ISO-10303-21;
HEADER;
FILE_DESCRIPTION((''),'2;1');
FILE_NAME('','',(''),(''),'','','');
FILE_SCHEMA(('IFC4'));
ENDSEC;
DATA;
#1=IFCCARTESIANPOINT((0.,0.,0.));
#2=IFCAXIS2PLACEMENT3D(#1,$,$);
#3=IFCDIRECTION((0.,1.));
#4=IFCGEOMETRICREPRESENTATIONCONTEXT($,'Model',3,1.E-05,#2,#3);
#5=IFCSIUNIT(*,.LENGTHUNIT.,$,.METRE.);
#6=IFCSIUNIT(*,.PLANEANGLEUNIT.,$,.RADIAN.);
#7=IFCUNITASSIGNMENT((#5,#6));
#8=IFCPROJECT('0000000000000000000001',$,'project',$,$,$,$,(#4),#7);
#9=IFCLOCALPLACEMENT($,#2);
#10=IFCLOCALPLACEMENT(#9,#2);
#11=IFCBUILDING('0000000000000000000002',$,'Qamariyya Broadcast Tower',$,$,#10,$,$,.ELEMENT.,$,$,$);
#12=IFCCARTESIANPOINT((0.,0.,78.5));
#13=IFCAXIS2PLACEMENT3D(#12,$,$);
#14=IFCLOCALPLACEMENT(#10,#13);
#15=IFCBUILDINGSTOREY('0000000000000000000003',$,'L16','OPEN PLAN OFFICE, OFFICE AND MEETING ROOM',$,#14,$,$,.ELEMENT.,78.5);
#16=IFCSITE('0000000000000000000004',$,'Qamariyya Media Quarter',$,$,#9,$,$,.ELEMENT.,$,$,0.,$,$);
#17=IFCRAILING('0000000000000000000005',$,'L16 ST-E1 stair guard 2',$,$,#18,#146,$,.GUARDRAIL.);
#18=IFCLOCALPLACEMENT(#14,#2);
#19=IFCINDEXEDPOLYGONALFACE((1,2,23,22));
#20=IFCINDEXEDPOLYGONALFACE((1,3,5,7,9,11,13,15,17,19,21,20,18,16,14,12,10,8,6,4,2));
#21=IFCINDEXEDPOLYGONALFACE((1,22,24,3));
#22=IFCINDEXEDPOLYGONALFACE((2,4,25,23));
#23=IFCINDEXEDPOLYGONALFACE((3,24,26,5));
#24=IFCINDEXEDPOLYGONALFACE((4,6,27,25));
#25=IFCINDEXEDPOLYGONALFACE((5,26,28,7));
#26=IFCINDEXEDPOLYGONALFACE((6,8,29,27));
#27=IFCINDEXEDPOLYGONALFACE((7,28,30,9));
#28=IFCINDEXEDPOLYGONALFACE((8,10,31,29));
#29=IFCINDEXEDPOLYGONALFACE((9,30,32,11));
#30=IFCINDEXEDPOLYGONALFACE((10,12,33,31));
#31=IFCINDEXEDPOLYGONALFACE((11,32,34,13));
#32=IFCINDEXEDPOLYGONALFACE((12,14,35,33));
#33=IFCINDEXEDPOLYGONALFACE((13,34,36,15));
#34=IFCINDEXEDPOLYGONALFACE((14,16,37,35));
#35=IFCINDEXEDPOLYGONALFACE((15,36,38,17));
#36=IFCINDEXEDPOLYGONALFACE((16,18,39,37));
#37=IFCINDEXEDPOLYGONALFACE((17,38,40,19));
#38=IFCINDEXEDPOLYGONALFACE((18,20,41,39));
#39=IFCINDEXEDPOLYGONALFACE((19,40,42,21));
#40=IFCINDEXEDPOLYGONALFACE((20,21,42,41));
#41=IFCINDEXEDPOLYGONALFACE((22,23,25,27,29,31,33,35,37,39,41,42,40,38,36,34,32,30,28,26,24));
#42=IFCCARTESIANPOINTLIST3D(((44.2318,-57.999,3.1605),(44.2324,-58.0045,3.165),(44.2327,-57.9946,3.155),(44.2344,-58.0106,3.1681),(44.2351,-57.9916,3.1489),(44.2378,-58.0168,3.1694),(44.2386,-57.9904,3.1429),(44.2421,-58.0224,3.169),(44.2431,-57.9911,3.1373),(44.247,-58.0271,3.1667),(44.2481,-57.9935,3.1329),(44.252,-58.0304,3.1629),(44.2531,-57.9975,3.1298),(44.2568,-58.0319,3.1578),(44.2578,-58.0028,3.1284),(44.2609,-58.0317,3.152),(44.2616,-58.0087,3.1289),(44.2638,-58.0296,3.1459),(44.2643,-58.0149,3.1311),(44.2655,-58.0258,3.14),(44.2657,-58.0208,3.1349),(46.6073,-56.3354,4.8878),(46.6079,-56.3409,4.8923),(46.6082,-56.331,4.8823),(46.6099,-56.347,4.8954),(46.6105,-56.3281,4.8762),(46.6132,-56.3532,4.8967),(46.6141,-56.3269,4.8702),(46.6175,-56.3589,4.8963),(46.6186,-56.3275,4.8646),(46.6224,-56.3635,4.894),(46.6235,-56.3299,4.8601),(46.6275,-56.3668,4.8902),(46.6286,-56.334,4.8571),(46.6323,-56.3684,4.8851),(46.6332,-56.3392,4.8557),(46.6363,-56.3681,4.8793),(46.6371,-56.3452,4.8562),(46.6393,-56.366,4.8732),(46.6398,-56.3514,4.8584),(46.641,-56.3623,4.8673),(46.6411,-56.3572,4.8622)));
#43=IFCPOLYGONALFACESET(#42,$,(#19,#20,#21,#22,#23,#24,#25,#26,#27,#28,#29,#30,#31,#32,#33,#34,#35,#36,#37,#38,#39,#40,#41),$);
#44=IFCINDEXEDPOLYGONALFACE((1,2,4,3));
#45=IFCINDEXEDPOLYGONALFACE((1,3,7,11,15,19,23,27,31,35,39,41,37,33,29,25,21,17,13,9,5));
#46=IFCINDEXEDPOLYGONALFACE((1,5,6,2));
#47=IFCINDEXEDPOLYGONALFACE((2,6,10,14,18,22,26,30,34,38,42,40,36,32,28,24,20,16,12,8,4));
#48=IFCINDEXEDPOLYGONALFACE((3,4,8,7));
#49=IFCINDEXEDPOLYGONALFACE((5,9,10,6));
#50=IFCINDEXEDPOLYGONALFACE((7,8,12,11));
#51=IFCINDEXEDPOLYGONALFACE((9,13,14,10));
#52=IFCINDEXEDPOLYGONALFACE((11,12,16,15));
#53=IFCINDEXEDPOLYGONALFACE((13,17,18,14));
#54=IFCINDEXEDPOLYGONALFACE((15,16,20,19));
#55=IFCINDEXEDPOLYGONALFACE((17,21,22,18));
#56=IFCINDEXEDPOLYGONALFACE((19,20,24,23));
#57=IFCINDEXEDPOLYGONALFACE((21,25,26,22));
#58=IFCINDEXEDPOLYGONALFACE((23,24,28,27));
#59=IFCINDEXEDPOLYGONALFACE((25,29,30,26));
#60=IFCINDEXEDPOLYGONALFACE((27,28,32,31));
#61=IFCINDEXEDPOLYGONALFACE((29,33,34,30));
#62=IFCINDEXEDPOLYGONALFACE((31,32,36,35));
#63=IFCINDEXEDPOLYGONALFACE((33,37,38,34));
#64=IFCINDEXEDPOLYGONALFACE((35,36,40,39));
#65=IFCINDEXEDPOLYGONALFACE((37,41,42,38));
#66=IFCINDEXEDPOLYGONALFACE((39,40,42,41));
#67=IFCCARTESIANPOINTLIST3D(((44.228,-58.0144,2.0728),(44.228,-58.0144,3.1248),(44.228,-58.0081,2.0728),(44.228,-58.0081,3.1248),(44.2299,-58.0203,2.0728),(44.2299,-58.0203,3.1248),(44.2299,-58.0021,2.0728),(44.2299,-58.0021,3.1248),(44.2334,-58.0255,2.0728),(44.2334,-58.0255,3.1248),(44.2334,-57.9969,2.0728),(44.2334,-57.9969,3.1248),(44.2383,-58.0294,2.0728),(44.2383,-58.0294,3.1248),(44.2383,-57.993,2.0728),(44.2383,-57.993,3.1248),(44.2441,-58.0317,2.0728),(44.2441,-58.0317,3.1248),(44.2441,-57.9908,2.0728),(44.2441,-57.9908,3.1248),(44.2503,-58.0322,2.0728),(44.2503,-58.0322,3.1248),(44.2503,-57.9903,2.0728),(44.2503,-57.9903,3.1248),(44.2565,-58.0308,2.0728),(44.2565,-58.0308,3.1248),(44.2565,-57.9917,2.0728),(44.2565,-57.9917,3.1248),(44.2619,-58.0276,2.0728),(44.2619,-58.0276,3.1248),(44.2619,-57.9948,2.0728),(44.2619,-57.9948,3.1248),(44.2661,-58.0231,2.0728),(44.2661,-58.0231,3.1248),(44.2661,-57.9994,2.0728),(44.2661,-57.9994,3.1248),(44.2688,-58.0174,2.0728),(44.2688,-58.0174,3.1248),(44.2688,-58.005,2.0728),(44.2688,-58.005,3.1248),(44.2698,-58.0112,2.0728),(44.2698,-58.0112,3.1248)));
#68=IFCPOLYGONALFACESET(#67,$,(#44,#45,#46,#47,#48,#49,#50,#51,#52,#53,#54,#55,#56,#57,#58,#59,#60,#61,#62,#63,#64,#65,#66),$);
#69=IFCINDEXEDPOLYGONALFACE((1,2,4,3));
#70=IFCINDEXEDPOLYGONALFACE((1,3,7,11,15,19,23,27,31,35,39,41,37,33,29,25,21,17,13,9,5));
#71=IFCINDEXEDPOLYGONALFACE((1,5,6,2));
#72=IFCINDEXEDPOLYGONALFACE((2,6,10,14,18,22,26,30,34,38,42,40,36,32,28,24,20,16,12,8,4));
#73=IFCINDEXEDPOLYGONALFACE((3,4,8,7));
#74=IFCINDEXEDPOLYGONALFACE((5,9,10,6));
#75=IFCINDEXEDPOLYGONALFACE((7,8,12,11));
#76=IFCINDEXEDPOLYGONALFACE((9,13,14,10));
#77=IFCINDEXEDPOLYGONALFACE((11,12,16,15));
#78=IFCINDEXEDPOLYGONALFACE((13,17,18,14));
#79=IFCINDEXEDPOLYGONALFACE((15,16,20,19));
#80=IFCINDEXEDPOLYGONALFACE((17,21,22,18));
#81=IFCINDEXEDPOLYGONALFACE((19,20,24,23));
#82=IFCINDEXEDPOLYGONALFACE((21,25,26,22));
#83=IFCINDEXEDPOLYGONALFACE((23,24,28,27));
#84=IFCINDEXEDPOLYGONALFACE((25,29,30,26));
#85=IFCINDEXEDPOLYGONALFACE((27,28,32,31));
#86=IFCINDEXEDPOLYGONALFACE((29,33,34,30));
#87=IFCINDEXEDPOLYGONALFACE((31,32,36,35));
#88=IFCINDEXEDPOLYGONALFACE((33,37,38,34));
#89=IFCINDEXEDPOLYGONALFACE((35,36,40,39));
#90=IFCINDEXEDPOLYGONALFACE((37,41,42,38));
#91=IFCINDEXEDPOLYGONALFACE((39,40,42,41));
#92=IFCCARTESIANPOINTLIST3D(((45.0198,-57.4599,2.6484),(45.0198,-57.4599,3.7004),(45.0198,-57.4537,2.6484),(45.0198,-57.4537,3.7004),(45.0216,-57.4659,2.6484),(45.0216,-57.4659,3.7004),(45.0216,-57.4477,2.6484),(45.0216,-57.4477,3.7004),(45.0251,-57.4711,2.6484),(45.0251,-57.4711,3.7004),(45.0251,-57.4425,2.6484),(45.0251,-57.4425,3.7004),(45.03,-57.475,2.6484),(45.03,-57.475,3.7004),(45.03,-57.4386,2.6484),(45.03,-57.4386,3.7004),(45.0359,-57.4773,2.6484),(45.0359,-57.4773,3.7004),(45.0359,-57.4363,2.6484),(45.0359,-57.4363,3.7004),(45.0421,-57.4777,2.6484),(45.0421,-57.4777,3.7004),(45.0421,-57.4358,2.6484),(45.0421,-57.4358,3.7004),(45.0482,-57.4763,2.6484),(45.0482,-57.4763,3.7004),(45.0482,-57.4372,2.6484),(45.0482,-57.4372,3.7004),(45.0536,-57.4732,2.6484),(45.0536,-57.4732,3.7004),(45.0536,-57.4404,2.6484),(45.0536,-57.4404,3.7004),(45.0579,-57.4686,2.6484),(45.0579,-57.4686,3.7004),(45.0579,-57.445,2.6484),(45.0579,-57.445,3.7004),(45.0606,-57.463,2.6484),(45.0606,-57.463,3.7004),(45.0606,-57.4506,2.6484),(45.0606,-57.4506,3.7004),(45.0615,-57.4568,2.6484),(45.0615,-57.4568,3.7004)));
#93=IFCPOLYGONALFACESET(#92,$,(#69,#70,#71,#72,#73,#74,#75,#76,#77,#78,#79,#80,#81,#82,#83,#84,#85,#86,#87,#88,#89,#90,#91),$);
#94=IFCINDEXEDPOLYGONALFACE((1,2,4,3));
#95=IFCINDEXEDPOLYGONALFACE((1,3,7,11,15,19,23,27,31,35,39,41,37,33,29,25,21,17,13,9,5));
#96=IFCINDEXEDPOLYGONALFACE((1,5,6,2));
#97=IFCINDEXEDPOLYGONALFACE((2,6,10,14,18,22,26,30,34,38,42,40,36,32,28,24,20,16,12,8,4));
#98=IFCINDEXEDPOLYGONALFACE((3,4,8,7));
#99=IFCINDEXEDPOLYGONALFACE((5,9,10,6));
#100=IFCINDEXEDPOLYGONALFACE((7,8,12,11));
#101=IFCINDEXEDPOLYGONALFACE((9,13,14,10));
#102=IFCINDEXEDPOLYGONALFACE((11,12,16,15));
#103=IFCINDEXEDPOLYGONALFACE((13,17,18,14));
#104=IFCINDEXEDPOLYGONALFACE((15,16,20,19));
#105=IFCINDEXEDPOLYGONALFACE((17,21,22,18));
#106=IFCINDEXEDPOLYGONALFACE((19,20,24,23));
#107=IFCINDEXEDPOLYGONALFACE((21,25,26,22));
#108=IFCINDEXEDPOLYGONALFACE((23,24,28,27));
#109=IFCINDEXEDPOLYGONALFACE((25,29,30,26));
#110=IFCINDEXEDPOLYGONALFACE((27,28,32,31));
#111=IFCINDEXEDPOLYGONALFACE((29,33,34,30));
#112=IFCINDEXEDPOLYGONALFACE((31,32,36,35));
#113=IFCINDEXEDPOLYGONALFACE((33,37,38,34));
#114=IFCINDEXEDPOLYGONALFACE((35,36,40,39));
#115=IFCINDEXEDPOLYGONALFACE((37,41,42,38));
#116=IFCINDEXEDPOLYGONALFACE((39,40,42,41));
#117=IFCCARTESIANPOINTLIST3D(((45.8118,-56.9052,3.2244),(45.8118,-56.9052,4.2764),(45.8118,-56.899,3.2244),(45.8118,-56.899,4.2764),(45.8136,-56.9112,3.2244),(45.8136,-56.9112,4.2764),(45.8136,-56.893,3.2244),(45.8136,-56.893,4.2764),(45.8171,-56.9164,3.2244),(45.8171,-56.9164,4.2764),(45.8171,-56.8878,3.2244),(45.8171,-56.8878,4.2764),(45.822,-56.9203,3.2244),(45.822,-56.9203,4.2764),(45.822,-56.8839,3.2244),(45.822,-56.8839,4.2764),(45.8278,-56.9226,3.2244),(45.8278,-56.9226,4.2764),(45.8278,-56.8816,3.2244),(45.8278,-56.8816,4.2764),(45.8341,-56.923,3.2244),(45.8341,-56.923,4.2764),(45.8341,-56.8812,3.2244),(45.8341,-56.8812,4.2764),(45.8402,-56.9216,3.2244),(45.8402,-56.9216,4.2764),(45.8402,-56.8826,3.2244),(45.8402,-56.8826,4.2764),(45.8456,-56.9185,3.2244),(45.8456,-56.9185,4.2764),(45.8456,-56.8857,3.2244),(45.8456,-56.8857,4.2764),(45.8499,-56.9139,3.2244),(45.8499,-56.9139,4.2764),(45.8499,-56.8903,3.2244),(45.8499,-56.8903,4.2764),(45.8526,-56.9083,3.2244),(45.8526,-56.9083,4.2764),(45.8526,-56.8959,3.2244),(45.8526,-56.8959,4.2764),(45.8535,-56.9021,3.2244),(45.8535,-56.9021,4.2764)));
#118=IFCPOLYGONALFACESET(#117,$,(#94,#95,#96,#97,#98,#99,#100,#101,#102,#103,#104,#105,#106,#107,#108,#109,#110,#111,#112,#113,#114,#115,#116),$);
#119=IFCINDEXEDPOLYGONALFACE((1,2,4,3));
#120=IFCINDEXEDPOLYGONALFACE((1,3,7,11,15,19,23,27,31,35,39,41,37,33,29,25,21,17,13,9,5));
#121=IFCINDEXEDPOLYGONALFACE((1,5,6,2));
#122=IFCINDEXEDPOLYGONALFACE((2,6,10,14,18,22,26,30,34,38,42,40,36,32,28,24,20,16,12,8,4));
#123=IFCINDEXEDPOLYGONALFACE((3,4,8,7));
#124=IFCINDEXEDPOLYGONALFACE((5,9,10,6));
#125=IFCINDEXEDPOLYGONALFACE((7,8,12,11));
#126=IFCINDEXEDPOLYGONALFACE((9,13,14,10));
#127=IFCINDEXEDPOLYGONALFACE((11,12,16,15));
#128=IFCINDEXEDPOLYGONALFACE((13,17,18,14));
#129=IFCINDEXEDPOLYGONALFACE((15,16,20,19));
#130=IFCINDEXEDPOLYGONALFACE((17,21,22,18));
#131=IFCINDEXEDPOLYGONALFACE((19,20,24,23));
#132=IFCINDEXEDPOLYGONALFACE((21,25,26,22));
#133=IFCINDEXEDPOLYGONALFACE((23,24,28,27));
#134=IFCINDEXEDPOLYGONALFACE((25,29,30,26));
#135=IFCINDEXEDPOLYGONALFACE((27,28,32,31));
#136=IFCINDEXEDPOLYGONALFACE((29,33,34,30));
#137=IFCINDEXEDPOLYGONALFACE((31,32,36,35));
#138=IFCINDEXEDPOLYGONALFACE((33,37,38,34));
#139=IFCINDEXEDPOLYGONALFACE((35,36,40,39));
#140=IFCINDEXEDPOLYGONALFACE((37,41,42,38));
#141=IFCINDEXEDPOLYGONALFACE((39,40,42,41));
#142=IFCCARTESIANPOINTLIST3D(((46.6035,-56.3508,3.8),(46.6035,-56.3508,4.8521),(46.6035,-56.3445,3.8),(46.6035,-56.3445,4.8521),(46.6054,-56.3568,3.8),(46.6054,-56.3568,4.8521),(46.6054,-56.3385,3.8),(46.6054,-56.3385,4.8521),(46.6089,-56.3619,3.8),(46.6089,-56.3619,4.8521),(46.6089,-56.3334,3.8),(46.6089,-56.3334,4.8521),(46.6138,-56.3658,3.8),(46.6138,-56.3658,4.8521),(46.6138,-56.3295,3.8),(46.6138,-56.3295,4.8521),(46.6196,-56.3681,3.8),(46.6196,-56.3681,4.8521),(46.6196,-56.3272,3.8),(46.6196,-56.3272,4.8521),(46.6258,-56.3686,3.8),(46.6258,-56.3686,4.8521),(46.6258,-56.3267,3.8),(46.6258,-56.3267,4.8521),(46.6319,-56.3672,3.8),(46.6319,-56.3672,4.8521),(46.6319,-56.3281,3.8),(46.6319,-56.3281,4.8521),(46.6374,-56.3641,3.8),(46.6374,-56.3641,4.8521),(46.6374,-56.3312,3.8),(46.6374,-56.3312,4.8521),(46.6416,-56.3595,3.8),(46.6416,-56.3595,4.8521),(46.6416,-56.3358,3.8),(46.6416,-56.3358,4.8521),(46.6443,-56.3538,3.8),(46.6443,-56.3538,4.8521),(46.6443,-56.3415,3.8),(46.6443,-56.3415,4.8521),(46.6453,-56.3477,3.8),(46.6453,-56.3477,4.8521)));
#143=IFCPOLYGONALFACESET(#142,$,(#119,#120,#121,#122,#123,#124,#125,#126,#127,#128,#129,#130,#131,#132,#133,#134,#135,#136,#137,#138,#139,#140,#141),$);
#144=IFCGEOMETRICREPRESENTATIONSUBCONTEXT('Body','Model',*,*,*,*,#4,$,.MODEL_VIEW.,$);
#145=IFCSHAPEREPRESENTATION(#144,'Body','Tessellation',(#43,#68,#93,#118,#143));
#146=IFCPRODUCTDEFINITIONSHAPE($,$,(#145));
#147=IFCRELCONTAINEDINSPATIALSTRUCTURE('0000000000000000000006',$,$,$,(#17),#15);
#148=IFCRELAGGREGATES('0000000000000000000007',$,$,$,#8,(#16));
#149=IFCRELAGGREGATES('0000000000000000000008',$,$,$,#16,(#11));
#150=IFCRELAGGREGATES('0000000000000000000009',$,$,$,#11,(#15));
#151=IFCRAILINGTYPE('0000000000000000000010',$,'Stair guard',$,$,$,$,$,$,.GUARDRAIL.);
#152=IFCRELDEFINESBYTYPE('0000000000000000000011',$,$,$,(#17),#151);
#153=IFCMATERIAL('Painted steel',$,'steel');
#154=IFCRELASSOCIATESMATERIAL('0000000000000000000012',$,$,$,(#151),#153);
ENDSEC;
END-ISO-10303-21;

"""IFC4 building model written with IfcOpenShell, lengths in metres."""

from ifc_helpers import new_model, si_unit, direction, frame, origin, origin_2d, place, context, subcontext, project, spatial, circle, extrude, material, type_object, element, save


model = new_model("IFC4")

# Units and contexts
model_context = context("Model", 3, precision=1e-05, world=origin(), true_north=direction((0.0, 1.0)))
body_context = subcontext(model_context, "Body", "Model", "MODEL_VIEW")
ifc_project = project(units=[si_unit("LENGTHUNIT", "METRE"), si_unit("PLANEANGLEUNIT", "RADIAN")], contexts=[model_context])

# Site, building, storey
site_placement = place(None, origin())
site = spatial("IfcSite", under=ifc_project, at=site_placement, Name="Qamariyya Media Quarter", CompositionType="ELEMENT", RefElevation=0.0)
building_placement = place(site_placement, origin())
building = spatial("IfcBuilding", under=site, at=building_placement, Name="Qamariyya Broadcast Tower", CompositionType="ELEMENT")
storey_placement = place(building_placement, frame((0.0, 0.0, 78.5)))
storey = spatial("IfcBuildingStorey", under=building, at=storey_placement, Name="L16", Description="OPEN PLAN OFFICE, OFFICE AND MEETING ROOM", CompositionType="ELEMENT", Elevation=78.5)

# Railing
ifc_material_1 = material(Name="Painted steel", Category="steel")
railing_type_1 = type_object("IfcRailingType", Name="Stair guard", PredefinedType="GUARDRAIL", material=ifc_material_1)
railing_1_placement = place(storey_placement, frame((44.2488, -58.0112, 2.0728)))
element("IfcRailing", 1, at=railing_1_placement, inside=storey, type_object=railing_type_1, Name="L16 ST-E1 stair guard 2", PredefinedType="GUARDRAIL", context=body_context, shape_type="SweptSolid", body=[
    extrude(circle(Radius=0.0239, at=origin_2d()), frame((0.0, 0.0, 1.0762), z_axis=(0.703745, 0.492838, 0.511716), x_axis=(-0.573632, 0.819113, 0.0)), (0.0, 0.0, 1.0), 3.3755),
    extrude(circle(Radius=0.021, at=origin_2d()), origin(), (0.0, 0.0, 1.0), 1.052),
    extrude(circle(Radius=0.021, at=origin_2d()), frame((0.7917, 0.5544, 0.5757)), (0.0, 0.0, 1.0), 1.052),
    extrude(circle(Radius=0.021, at=origin_2d()), frame((1.5837, 1.1091, 1.1516)), (0.0, 0.0, 1.0), 1.052),
    extrude(circle(Radius=0.021, at=origin_2d()), frame((2.3755, 1.6636, 1.7273)), (0.0, 0.0, 1.0), 1.052),
])

save(model, "model.ifc")
